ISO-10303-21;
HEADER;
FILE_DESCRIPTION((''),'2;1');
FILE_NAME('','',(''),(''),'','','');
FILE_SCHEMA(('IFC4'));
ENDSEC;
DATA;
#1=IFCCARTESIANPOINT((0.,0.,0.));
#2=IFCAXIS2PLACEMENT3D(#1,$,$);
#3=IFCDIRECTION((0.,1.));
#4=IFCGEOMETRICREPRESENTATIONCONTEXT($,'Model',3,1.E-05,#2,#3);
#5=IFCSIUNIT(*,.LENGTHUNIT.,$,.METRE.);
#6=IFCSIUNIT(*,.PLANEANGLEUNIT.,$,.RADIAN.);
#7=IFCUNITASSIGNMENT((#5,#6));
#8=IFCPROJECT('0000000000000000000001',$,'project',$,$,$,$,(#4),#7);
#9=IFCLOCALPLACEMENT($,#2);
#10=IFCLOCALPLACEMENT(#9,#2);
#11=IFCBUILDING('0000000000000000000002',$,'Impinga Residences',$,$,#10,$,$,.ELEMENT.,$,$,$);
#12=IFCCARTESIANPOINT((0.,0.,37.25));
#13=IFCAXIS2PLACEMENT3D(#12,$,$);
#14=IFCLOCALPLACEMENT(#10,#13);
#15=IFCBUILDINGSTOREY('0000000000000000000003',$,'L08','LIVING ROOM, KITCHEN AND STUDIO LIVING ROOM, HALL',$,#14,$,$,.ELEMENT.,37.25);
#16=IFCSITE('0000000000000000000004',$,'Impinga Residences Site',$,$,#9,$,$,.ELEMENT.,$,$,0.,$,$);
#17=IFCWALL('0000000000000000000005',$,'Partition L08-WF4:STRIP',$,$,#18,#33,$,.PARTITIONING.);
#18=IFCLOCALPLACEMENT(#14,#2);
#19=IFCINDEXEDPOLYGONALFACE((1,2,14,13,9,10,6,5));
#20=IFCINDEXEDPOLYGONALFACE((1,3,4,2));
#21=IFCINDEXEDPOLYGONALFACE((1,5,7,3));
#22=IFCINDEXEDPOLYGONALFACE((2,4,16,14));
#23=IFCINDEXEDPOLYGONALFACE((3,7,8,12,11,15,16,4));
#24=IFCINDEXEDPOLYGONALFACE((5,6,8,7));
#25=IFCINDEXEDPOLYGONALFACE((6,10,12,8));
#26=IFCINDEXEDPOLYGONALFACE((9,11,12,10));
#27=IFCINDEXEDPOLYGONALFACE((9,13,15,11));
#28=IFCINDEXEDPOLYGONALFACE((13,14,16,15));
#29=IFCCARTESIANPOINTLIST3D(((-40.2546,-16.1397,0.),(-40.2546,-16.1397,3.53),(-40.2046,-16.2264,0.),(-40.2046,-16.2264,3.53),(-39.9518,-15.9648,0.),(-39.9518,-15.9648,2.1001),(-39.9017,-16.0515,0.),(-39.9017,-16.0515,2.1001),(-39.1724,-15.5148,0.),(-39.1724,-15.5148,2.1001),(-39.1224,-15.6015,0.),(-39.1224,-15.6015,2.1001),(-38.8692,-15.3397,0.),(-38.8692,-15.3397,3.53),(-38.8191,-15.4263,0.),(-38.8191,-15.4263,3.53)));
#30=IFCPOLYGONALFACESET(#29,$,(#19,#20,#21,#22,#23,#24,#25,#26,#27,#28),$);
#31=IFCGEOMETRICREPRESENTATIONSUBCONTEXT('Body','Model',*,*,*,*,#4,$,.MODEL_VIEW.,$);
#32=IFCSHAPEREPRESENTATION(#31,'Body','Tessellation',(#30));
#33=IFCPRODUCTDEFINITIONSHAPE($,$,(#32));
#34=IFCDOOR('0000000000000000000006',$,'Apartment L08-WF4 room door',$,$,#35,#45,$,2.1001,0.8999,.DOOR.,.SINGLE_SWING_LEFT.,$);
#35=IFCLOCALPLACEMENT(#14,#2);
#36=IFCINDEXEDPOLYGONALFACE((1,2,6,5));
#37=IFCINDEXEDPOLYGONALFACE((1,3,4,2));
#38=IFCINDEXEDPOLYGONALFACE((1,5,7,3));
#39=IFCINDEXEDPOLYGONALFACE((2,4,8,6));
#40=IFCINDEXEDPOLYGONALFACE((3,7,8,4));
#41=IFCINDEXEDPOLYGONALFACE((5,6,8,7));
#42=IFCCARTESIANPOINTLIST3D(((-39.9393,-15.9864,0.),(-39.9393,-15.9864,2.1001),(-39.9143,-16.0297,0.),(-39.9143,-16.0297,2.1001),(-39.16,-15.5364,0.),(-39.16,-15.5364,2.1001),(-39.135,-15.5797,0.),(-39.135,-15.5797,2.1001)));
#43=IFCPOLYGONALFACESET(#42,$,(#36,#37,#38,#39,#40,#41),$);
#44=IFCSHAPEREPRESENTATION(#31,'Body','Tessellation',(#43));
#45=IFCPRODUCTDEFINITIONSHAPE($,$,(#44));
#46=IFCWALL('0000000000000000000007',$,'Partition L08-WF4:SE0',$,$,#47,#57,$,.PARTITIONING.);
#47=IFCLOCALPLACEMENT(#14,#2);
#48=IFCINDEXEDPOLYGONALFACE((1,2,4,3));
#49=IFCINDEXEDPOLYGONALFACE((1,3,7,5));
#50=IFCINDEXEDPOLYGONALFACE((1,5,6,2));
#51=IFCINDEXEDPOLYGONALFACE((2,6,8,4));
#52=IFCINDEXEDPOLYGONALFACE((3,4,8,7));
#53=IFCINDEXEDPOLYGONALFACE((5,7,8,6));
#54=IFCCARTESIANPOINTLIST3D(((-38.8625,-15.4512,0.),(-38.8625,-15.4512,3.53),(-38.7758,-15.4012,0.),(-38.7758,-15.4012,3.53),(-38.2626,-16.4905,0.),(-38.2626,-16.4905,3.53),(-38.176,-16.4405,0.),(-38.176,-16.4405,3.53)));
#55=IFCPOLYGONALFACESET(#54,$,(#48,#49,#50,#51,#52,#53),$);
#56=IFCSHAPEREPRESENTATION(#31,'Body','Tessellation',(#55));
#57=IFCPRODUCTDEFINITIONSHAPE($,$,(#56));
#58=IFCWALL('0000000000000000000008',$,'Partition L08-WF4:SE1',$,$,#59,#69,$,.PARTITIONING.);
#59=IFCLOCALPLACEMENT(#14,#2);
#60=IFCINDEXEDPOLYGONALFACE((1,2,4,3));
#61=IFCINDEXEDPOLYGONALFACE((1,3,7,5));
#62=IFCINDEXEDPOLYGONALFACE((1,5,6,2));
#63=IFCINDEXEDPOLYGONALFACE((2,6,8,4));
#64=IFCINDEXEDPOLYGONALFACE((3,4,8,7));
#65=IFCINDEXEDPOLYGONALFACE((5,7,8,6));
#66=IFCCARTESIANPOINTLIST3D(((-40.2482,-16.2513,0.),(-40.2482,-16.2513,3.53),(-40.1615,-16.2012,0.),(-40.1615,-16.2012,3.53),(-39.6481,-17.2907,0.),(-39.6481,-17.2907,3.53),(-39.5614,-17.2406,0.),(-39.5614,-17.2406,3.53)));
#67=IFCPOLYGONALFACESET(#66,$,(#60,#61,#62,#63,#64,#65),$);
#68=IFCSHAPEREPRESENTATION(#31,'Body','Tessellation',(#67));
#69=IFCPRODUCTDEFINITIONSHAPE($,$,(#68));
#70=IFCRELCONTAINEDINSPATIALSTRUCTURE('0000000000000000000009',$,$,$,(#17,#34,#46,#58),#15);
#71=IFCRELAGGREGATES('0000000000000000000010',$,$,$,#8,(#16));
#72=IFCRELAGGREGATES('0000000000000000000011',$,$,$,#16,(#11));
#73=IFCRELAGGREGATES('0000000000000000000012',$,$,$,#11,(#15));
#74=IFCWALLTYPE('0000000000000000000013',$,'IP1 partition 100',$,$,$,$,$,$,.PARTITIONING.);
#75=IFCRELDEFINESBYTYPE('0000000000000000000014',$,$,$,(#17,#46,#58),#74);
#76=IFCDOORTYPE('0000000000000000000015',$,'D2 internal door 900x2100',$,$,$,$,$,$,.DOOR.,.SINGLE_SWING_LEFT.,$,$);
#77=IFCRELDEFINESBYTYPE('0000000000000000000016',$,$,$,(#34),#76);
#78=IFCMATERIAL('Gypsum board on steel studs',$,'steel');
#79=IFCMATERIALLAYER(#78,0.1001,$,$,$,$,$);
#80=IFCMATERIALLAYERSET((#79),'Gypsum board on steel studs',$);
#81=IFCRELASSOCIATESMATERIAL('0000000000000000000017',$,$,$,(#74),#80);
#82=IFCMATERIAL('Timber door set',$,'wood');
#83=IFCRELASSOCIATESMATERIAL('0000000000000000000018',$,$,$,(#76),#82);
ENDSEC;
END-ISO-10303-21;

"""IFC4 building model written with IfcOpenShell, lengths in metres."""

from ifc_helpers import new_model, si_unit, direction, frame, frame_2d, origin, place, context, subcontext, project, spatial, rectangle, extrude, material, layer, layer_set, type_object, element, fill, save


model = new_model("IFC4")

# Units and contexts
model_context = context("Model", 3, precision=1e-05, world=origin(), true_north=direction((0.0, 1.0)))
body_context = subcontext(model_context, "Body", "Model", "MODEL_VIEW")
ifc_project = project(units=[si_unit("LENGTHUNIT", "METRE"), si_unit("PLANEANGLEUNIT", "RADIAN")], contexts=[model_context])

# Site, building, storey
site_placement = place(None, origin())
site = spatial("IfcSite", under=ifc_project, at=site_placement, Name="Impinga Residences Site", CompositionType="ELEMENT", RefElevation=0.0)
building_placement = place(site_placement, origin())
building = spatial("IfcBuilding", under=site, at=building_placement, Name="Impinga Residences", CompositionType="ELEMENT")
storey_placement = place(building_placement, frame((0.0, 0.0, 37.25)))
storey = spatial("IfcBuildingStorey", under=building, at=storey_placement, Name="L08", Description="LIVING ROOM, KITCHEN AND STUDIO LIVING ROOM, HALL", CompositionType="ELEMENT", Elevation=37.25)

# Shared definitions
ifc_material_1 = material(Name="Gypsum board on steel studs", Category="steel")
ifc_layer_1 = layer(ifc_material_1, 0.1001)
ifc_layer_set_1 = layer_set([ifc_layer_1], Name="Gypsum board on steel studs")
wall_type_1 = type_object("IfcWallType", Name="IP1 partition 100", PredefinedType="PARTITIONING", material=ifc_layer_set_1)

# Wall, opening, door
wall_1_placement = place(storey_placement, frame((-38.8442, -15.3831, 0.0), z_axis=(0.0, 0.0, 1.0), x_axis=(-0.86599, -0.500061, 0.0)))
wall_1 = element("IfcWall", 1, at=wall_1_placement, inside=storey, type_object=wall_type_1, Name="Partition L08-WF4:STRIP", PredefinedType="PARTITIONING", context=body_context, shape_type="SweptSolid", body=[
    extrude(rectangle(XDim=1.5999, YDim=0.1001, at=frame_2d((0.7998, 0.0))), origin(), (0.0, 0.0, 1.0), 3.53),
])
opening_1_placement = place(wall_1_placement, frame((0.3501, 0.0, 0.0)))
opening_1 = element("IfcOpeningElement", 2, at=opening_1_placement, cuts=wall_1, PredefinedType="OPENING", context=body_context, shape_type="SweptSolid", body=[
    extrude(rectangle(XDim=0.8999, YDim=2.1001, at=frame_2d((0.45, 1.05))), frame((0.0, 0.0601, 0.0), z_axis=(0.0, -1.0, 0.0), x_axis=(1.0, 0.0, 0.0)), (0.0, 0.0, 1.0), 0.1201),
])
ifc_material_2 = material(Name="Timber door set", Category="wood")
door_type = type_object("IfcDoorType", Name="D2 internal door 900x2100", OperationType="SINGLE_SWING_LEFT", PredefinedType="DOOR", material=ifc_material_2)
door_placement = place(opening_1_placement, origin())
door = element("IfcDoor", 3, at=door_placement, inside=storey, type_object=door_type, Name="Apartment L08-WF4 room door", OperationType="SINGLE_SWING_LEFT", OverallHeight=2.1001, OverallWidth=0.8999, PredefinedType="DOOR", context=body_context, shape_type="SweptSolid", body=[
    extrude(rectangle(XDim=0.8999, YDim=2.1001, at=frame_2d((0.45, 1.05))), frame((0.0, 0.0249, 0.0), z_axis=(0.0, -1.0, 0.0), x_axis=(1.0, 0.0, 0.0)), (0.0, 0.0, 1.0), 0.05),
])
fill(opening_1, door)

# Walls
wall_2_placement = place(storey_placement, frame((-38.2192, -16.4656, 0.0), z_axis=(0.0, 0.0, 1.0), x_axis=(-0.499881, 0.866094, 0.0)))
element("IfcWall", 4, at=wall_2_placement, inside=storey, type_object=wall_type_1, Name="Partition L08-WF4:SE0", PredefinedType="PARTITIONING", context=body_context, shape_type="SweptSolid", body=[
    extrude(rectangle(XDim=1.2, YDim=0.1001, at=frame_2d((0.6001, 0.0))), origin(), (0.0, 0.0, 1.0), 3.53),
])
wall_3_placement = place(storey_placement, frame((-39.6047, -17.2656, 0.0), z_axis=(0.0, 0.0, 1.0), x_axis=(-0.500034, 0.866006, 0.0)))
element("IfcWall", 5, at=wall_3_placement, inside=storey, type_object=wall_type_1, Name="Partition L08-WF4:SE1", PredefinedType="PARTITIONING", context=body_context, shape_type="SweptSolid", body=[
    extrude(rectangle(XDim=1.2002, YDim=0.1001, at=frame_2d((0.6001, 0.0))), origin(), (0.0, 0.0, 1.0), 3.53),
])

save(model, "model.ifc")
